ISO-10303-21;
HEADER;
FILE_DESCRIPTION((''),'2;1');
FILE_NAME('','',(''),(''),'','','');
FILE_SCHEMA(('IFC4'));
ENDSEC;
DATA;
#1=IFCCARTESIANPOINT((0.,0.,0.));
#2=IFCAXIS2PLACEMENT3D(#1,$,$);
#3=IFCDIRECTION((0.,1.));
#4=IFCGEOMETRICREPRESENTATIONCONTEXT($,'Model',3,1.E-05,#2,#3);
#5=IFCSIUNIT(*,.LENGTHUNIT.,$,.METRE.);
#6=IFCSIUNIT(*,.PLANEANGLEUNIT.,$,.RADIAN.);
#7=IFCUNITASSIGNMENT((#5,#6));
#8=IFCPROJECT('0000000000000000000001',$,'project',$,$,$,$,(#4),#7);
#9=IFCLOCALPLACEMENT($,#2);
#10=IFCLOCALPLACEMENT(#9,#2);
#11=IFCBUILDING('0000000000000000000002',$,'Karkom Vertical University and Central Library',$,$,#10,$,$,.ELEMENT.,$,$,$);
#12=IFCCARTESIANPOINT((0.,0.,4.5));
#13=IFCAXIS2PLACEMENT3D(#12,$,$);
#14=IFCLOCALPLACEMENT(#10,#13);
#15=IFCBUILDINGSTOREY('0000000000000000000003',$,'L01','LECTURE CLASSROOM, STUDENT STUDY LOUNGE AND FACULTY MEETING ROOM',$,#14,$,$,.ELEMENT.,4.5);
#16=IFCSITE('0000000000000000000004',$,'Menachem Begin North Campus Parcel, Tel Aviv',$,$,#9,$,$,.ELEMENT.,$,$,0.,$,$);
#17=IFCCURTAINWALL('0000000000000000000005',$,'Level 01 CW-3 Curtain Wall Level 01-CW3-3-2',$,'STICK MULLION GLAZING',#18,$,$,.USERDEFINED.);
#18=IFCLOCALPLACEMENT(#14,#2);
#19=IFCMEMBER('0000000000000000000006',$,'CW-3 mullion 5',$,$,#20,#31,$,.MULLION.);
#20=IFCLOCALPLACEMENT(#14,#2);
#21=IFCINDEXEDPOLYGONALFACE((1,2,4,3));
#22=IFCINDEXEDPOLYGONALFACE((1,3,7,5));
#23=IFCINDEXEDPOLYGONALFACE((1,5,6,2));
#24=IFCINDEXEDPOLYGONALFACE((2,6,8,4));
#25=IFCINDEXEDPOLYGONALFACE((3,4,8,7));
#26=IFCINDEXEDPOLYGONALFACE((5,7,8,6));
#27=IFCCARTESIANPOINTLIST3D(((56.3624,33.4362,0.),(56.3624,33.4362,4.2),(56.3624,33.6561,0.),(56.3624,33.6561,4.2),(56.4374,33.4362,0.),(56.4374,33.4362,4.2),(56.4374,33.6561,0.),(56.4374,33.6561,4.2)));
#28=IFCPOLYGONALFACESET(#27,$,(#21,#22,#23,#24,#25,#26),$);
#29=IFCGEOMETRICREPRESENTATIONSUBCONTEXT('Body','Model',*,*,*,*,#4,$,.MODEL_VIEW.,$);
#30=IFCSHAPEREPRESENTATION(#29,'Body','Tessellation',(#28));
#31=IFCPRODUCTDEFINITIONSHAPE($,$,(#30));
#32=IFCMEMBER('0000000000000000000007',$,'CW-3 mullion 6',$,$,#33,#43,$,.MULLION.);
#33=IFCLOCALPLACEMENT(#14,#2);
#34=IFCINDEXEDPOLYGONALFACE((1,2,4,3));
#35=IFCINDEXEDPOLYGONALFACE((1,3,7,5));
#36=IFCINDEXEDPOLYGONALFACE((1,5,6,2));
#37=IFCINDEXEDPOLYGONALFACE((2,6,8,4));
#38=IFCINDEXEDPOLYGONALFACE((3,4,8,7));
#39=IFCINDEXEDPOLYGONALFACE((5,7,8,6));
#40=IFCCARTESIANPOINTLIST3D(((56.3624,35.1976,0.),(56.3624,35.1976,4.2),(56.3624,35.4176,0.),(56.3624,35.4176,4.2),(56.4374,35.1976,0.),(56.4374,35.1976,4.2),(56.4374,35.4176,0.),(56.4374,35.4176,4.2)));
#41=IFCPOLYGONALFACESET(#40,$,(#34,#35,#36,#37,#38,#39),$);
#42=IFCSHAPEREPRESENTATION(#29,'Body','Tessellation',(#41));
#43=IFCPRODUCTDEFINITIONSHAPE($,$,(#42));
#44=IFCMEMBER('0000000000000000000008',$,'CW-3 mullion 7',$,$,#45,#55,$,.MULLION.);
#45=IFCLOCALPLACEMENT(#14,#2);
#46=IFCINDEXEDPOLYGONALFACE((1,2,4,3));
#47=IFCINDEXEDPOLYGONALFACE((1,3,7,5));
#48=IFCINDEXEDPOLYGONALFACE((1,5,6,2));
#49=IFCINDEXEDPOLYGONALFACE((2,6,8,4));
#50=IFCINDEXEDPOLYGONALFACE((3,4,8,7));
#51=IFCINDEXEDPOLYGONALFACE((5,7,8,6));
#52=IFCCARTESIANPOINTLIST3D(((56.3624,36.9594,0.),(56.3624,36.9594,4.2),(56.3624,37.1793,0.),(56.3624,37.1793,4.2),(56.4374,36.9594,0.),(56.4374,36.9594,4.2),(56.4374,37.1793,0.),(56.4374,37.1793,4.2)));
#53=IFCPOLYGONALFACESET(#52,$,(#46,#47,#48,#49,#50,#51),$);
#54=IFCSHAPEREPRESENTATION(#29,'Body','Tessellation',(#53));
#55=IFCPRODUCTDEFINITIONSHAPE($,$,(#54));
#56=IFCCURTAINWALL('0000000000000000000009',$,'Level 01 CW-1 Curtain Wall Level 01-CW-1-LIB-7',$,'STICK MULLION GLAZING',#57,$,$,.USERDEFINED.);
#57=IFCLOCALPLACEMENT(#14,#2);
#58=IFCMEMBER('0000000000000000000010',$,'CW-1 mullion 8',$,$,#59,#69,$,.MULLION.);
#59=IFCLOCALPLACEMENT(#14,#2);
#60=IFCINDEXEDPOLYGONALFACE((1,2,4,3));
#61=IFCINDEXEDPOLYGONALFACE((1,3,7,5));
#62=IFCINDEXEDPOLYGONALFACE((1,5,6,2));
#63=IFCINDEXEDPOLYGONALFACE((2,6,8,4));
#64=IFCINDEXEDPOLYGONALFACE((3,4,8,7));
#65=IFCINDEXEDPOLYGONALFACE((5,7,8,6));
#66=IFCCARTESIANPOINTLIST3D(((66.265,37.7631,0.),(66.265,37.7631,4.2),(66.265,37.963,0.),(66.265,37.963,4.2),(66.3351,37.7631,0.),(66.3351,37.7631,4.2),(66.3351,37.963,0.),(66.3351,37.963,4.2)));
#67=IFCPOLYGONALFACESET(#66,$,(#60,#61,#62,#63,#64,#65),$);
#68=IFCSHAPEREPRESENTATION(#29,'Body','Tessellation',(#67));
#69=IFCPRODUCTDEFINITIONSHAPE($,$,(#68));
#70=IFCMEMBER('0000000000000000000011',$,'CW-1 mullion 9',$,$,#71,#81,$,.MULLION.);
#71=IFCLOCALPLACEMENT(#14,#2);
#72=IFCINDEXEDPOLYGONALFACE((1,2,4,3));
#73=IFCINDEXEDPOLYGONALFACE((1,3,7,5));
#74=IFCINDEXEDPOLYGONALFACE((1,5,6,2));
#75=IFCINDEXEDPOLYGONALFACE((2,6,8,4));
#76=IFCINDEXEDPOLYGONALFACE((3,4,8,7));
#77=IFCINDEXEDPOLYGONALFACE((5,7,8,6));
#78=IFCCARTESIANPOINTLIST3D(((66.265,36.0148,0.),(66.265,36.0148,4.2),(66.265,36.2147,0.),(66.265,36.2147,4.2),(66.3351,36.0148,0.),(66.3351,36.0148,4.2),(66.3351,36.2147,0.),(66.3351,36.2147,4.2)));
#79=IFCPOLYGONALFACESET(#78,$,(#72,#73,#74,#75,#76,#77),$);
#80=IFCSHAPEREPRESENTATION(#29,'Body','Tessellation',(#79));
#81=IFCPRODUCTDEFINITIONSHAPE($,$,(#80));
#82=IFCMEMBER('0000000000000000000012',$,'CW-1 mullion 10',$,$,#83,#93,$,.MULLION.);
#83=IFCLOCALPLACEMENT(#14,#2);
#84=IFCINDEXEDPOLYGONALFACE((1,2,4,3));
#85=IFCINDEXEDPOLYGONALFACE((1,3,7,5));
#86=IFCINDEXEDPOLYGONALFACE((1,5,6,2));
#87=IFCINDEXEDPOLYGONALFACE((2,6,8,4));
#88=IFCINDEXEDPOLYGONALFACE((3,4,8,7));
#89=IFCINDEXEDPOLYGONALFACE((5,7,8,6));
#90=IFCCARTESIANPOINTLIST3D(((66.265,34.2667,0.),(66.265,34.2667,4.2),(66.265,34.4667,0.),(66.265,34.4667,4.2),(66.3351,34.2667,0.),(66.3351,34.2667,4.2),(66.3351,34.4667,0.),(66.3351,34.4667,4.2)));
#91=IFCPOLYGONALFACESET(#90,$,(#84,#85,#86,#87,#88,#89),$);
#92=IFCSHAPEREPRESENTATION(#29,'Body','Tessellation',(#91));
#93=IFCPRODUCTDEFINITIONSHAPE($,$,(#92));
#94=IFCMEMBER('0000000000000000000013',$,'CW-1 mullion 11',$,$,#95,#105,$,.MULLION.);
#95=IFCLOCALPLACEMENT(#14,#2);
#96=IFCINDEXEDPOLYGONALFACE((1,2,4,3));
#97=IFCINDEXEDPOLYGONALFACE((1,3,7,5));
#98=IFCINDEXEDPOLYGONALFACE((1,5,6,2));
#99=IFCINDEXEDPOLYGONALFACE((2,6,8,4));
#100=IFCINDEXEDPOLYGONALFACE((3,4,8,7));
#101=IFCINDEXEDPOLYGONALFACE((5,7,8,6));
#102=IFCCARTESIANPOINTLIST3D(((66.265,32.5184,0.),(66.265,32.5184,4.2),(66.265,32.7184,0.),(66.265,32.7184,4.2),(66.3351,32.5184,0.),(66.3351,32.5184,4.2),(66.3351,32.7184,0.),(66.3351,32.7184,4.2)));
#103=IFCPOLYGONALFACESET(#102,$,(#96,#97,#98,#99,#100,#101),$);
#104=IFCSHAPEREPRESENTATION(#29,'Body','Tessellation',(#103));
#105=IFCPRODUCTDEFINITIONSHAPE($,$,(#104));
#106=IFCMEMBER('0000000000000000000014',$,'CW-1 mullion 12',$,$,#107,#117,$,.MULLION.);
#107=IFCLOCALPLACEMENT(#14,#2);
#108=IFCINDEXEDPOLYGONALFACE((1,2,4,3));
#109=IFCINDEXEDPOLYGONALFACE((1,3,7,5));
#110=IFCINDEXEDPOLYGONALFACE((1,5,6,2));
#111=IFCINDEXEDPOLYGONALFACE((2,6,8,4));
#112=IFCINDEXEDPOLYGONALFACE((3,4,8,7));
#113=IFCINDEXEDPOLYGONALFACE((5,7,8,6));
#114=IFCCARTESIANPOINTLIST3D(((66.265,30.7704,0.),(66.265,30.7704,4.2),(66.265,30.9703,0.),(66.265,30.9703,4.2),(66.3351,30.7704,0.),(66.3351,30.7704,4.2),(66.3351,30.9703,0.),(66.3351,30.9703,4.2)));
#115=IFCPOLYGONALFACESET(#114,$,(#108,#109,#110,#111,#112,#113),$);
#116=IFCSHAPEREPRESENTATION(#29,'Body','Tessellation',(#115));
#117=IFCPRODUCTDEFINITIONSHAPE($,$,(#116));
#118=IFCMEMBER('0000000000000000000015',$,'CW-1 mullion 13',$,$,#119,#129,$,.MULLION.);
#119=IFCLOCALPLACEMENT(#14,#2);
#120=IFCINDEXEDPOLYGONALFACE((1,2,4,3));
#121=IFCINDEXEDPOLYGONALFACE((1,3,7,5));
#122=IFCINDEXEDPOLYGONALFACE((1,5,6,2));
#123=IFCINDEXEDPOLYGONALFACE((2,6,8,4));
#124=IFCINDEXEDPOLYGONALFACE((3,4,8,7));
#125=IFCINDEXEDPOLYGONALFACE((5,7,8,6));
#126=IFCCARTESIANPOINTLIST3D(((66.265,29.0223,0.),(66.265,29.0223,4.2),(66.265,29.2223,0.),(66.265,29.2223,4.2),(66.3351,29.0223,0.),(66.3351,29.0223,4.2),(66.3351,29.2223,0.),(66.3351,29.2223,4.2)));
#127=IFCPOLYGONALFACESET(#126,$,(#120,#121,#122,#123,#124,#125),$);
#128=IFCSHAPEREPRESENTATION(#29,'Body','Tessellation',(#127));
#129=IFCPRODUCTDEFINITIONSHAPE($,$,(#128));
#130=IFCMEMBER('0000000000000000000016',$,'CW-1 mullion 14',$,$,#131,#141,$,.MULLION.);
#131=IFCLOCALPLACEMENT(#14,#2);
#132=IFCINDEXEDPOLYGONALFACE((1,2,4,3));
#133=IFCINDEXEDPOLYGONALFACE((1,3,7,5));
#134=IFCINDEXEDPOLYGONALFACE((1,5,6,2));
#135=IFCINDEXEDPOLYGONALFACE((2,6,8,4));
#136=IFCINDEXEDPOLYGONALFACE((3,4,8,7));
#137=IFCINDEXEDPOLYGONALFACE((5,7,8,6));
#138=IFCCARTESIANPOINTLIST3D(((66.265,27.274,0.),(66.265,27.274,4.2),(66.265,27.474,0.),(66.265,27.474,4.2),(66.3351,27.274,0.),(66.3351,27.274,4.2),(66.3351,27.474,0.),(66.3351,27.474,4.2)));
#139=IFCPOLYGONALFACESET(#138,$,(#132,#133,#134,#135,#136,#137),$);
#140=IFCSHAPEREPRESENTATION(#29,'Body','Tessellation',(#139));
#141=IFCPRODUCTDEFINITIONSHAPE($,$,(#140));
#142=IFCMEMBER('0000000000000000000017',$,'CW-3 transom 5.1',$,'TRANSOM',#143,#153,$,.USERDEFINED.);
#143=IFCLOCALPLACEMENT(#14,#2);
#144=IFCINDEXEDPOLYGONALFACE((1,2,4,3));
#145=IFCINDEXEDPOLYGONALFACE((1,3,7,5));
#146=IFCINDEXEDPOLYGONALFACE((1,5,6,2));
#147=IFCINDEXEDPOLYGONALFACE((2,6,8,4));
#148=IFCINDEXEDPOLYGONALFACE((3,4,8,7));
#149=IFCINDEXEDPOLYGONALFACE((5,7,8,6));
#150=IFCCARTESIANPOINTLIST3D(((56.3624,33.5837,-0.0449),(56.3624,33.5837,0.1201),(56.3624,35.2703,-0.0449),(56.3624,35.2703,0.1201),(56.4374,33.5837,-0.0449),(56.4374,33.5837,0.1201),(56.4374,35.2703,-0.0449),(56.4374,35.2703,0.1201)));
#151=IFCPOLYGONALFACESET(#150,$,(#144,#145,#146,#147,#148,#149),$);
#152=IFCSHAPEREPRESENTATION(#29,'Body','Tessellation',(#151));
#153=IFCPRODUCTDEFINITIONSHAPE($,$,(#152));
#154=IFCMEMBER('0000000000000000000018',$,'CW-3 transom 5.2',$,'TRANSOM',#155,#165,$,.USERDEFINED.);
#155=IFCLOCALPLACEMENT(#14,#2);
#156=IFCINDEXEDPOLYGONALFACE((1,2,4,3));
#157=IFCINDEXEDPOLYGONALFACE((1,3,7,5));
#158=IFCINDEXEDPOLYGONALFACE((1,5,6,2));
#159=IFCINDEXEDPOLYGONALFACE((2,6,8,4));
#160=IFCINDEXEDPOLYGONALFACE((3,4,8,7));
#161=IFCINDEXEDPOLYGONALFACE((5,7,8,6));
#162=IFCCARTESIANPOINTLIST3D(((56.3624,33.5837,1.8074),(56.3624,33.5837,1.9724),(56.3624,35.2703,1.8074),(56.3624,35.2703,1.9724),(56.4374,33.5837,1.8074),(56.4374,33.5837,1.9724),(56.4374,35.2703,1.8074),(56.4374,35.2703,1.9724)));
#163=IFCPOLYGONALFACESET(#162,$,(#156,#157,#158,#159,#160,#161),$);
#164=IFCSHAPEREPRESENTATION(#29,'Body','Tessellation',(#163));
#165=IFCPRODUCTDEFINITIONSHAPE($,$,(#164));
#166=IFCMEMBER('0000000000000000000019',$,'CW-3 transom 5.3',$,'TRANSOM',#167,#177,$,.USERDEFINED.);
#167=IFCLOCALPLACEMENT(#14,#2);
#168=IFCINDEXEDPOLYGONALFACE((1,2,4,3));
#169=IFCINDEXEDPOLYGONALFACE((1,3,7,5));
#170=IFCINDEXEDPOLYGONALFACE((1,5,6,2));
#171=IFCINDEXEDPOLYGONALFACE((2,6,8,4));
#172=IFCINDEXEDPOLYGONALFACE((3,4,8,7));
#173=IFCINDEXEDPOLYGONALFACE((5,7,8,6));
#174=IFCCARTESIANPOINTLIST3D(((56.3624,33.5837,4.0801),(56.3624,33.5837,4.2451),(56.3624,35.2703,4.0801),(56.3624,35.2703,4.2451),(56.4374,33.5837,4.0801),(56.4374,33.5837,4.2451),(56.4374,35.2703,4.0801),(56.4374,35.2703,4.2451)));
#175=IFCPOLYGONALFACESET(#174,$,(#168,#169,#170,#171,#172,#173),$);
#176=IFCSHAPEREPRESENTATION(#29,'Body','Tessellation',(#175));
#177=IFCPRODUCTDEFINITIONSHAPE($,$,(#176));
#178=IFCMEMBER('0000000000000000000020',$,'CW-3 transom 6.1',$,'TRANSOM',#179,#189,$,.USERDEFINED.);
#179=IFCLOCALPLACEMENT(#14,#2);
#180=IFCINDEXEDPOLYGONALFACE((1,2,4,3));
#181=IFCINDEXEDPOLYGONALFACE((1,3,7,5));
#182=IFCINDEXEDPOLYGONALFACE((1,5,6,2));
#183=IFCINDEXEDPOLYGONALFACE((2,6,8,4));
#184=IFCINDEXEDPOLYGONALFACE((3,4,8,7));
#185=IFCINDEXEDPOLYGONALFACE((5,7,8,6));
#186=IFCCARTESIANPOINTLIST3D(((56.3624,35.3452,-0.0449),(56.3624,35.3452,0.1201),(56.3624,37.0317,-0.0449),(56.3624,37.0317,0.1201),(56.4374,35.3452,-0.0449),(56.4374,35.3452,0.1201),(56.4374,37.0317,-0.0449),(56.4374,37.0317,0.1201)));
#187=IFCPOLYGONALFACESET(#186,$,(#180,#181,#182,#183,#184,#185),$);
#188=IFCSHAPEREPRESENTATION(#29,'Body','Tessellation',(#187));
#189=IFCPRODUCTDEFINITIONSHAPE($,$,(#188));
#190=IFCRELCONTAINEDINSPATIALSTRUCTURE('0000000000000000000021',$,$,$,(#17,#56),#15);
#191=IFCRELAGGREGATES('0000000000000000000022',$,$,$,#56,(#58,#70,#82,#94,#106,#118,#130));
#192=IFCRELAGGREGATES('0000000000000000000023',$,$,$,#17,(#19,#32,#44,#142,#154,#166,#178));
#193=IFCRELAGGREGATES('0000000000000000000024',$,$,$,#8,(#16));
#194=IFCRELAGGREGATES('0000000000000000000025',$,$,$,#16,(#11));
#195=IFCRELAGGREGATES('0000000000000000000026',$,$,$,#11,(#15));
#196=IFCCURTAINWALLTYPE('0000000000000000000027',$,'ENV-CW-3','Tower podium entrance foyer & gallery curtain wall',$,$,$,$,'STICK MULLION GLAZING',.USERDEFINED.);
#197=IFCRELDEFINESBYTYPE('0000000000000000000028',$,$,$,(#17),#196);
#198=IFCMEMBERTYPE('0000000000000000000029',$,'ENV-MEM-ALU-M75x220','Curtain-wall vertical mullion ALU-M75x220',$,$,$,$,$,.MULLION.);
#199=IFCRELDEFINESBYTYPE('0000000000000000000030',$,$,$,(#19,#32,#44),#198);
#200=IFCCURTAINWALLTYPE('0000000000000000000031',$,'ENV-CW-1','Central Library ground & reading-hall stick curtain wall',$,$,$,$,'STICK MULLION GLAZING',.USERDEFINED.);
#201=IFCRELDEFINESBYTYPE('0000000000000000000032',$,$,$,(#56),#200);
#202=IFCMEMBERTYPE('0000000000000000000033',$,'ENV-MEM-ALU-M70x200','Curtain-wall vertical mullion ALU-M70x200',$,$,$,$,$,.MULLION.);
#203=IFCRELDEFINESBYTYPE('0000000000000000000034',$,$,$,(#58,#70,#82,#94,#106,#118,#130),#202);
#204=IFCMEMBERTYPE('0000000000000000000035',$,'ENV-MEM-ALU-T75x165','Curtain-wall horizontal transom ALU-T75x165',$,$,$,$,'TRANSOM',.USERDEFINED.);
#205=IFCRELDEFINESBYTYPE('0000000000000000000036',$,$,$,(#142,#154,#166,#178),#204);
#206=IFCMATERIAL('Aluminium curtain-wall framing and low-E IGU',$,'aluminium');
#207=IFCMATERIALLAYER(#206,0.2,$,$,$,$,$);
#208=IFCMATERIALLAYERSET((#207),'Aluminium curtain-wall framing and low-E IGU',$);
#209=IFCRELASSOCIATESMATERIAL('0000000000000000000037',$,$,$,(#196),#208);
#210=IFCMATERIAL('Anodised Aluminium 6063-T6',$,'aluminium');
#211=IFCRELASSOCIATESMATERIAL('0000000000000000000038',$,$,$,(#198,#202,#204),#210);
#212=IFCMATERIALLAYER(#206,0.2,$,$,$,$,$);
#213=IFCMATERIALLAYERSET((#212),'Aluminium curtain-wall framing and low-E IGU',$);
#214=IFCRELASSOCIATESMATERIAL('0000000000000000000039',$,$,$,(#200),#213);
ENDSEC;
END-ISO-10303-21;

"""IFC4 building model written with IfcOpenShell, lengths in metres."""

from ifc_helpers import new_model, si_unit, direction, frame, origin, origin_with_axes, origin_2d, place, context, subcontext, project, spatial, rectangle, extrude, source, transform, mapped, material, layer, layer_set, material_profile, profile_set, type_object, element, aggregate, save


model = new_model("IFC4")

# Units and contexts
model_context = context("Model", 3, precision=1e-05, world=origin(), true_north=direction((0.0, 1.0)))
body_context = subcontext(model_context, "Body", "Model", "MODEL_VIEW")
ifc_project = project(units=[si_unit("LENGTHUNIT", "METRE"), si_unit("PLANEANGLEUNIT", "RADIAN")], contexts=[model_context])

# Site, building, storey
site_placement = place(None, origin())
site = spatial("IfcSite", under=ifc_project, at=site_placement, Name="Menachem Begin North Campus Parcel, Tel Aviv", CompositionType="ELEMENT", RefElevation=0.0)
building_placement = place(site_placement, origin())
building = spatial("IfcBuilding", under=site, at=building_placement, Name="Karkom Vertical University and Central Library", CompositionType="ELEMENT")
storey_placement = place(building_placement, frame((0.0, 0.0, 4.5)))
storey = spatial("IfcBuildingStorey", under=building, at=storey_placement, Name="L01", Description="LECTURE CLASSROOM, STUDENT STUDY LOUNGE AND FACULTY MEETING ROOM", CompositionType="ELEMENT", Elevation=4.5)

# Curtain walls, members
ifc_material_1 = material(Name="Aluminium curtain-wall framing and low-E IGU", Category="aluminium")
ifc_layer_1 = layer(ifc_material_1, 0.2)
ifc_layer_set_1 = layer_set([ifc_layer_1], Name="Aluminium curtain-wall framing and low-E IGU")
curtain_wall_type_1 = type_object("IfcCurtainWallType", Name="ENV-CW-3", Description="Tower podium entrance foyer & gallery curtain wall", ElementType="STICK MULLION GLAZING", PredefinedType="USERDEFINED", material=ifc_layer_set_1)
curtain_wall_1_placement = place(storey_placement, origin())
curtain_wall_1 = element("IfcCurtainWall", 1, at=curtain_wall_1_placement, inside=storey, type_object=curtain_wall_type_1, Name="Level 01 CW-3 Curtain Wall Level 01-CW3-3-2", ObjectType="STICK MULLION GLAZING", PredefinedType="USERDEFINED")
ifc_material_2 = material(Name="Anodised Aluminium 6063-T6", Category="aluminium")
ifc_material_profile_1 = material_profile(ifc_material_2, rectangle(XDim=0.075, YDim=0.22, at=origin_2d()), Name="ALU-M75x220")
ifc_profile_set_1 = profile_set([ifc_material_profile_1], Name="Anodised Aluminium 6063-T6")
member_type_1 = type_object("IfcMemberType", Name="ENV-MEM-ALU-M75x220", Description="Curtain-wall vertical mullion ALU-M75x220", PredefinedType="MULLION", material=ifc_profile_set_1)
shared_shape_1 = source(origin_with_axes(), body_context, "Body", "SweptSolid", [
    extrude(rectangle(XDim=0.075, YDim=0.22, at=origin_2d()), origin(), (0.0, 0.0, 1.0), 4.2),
])
member_1_placement = place(storey_placement, frame((56.3999, 33.5461, 0.0), z_axis=(0.0, 0.0, 1.0), x_axis=(-1.0, 0.0, 0.0)))
member_1 = element("IfcMember", 2, at=member_1_placement, type_object=member_type_1, Name="CW-3 mullion 5", PredefinedType="MULLION", context=body_context, shape_type="MappedRepresentation", body=[
    mapped(shared_shape_1, transform((0.0, 0.0, 0.0), scale=1.0)),
])
member_2_placement = place(storey_placement, frame((56.3999, 35.3076, 0.0), z_axis=(0.0, 0.0, 1.0), x_axis=(-1.0, 0.0, 0.0)))
member_2 = element("IfcMember", 3, at=member_2_placement, type_object=member_type_1, Name="CW-3 mullion 6", PredefinedType="MULLION", context=body_context, shape_type="MappedRepresentation", body=[
    mapped(shared_shape_1, transform((0.0, 0.0, 0.0), scale=1.0)),
])
member_3_placement = place(storey_placement, frame((56.3999, 37.0693, 0.0), z_axis=(0.0, 0.0, 1.0), x_axis=(-1.0, 0.0, 0.0)))
member_3 = element("IfcMember", 4, at=member_3_placement, type_object=member_type_1, Name="CW-3 mullion 7", PredefinedType="MULLION", context=body_context, shape_type="MappedRepresentation", body=[
    mapped(shared_shape_1, transform((0.0, 0.0, 0.0), scale=1.0)),
])
ifc_layer_2 = layer(ifc_material_1, 0.2)
ifc_layer_set_2 = layer_set([ifc_layer_2], Name="Aluminium curtain-wall framing and low-E IGU")
curtain_wall_type_2 = type_object("IfcCurtainWallType", Name="ENV-CW-1", Description="Central Library ground & reading-hall stick curtain wall", ElementType="STICK MULLION GLAZING", PredefinedType="USERDEFINED", material=ifc_layer_set_2)
curtain_wall_2_placement = place(storey_placement, origin())
curtain_wall_2 = element("IfcCurtainWall", 5, at=curtain_wall_2_placement, inside=storey, type_object=curtain_wall_type_2, Name="Level 01 CW-1 Curtain Wall Level 01-CW-1-LIB-7", ObjectType="STICK MULLION GLAZING", PredefinedType="USERDEFINED")
ifc_material_profile_2 = material_profile(ifc_material_2, rectangle(XDim=0.0701, YDim=0.2, at=origin_2d()), Name="ALU-M70x200")
ifc_profile_set_2 = profile_set([ifc_material_profile_2], Name="Anodised Aluminium 6063-T6")
member_type_2 = type_object("IfcMemberType", Name="ENV-MEM-ALU-M70x200", Description="Curtain-wall vertical mullion ALU-M70x200", PredefinedType="MULLION", material=ifc_profile_set_2)
shared_shape_2 = source(origin_with_axes(), body_context, "Body", "SweptSolid", [
    extrude(rectangle(XDim=0.0701, YDim=0.2, at=origin_2d()), origin(), (0.0, 0.0, 1.0), 4.2),
])
member_4_placement = place(storey_placement, frame((66.3, 37.863, 0.0), z_axis=(0.0, 0.0, 1.0), x_axis=(1.0, 0.0, 0.0)))
member_4 = element("IfcMember", 6, at=member_4_placement, type_object=member_type_2, Name="CW-1 mullion 8", PredefinedType="MULLION", context=body_context, shape_type="MappedRepresentation", body=[
    mapped(shared_shape_2, transform((0.0, 0.0, 0.0), scale=1.0)),
])
member_5_placement = place(storey_placement, frame((66.3, 36.1147, 0.0), z_axis=(0.0, 0.0, 1.0), x_axis=(1.0, 0.0, 0.0)))
member_5 = element("IfcMember", 7, at=member_5_placement, type_object=member_type_2, Name="CW-1 mullion 9", PredefinedType="MULLION", context=body_context, shape_type="MappedRepresentation", body=[
    mapped(shared_shape_2, transform((0.0, 0.0, 0.0), scale=1.0)),
])
member_6_placement = place(storey_placement, frame((66.3, 34.3667, 0.0), z_axis=(0.0, 0.0, 1.0), x_axis=(1.0, 0.0, 0.0)))
member_6 = element("IfcMember", 8, at=member_6_placement, type_object=member_type_2, Name="CW-1 mullion 10", PredefinedType="MULLION", context=body_context, shape_type="MappedRepresentation", body=[
    mapped(shared_shape_2, transform((0.0, 0.0, 0.0), scale=1.0)),
])
member_7_placement = place(storey_placement, frame((66.3, 32.6184, 0.0), z_axis=(0.0, 0.0, 1.0), x_axis=(1.0, 0.0, 0.0)))
member_7 = element("IfcMember", 9, at=member_7_placement, type_object=member_type_2, Name="CW-1 mullion 11", PredefinedType="MULLION", context=body_context, shape_type="MappedRepresentation", body=[
    mapped(shared_shape_2, transform((0.0, 0.0, 0.0), scale=1.0)),
])
member_8_placement = place(storey_placement, frame((66.3, 30.8704, 0.0), z_axis=(0.0, 0.0, 1.0), x_axis=(1.0, 0.0, 0.0)))
member_8 = element("IfcMember", 10, at=member_8_placement, type_object=member_type_2, Name="CW-1 mullion 12", PredefinedType="MULLION", context=body_context, shape_type="MappedRepresentation", body=[
    mapped(shared_shape_2, transform((0.0, 0.0, 0.0), scale=1.0)),
])
member_9_placement = place(storey_placement, frame((66.3, 29.1223, 0.0), z_axis=(0.0, 0.0, 1.0), x_axis=(1.0, 0.0, 0.0)))
member_9 = element("IfcMember", 11, at=member_9_placement, type_object=member_type_2, Name="CW-1 mullion 13", PredefinedType="MULLION", context=body_context, shape_type="MappedRepresentation", body=[
    mapped(shared_shape_2, transform((0.0, 0.0, 0.0), scale=1.0)),
])
member_10_placement = place(storey_placement, frame((66.3, 27.374, 0.0), z_axis=(0.0, 0.0, 1.0), x_axis=(1.0, 0.0, 0.0)))
member_10 = element("IfcMember", 12, at=member_10_placement, type_object=member_type_2, Name="CW-1 mullion 14", PredefinedType="MULLION", context=body_context, shape_type="MappedRepresentation", body=[
    mapped(shared_shape_2, transform((0.0, 0.0, 0.0), scale=1.0)),
])
aggregate(curtain_wall_2, [member_4, member_5, member_6, member_7, member_8, member_9, member_10])

# Members
ifc_material_profile_3 = material_profile(ifc_material_2, rectangle(XDim=0.075, YDim=0.165, at=origin_2d()), Name="ALU-T75x165")
ifc_profile_set_3 = profile_set([ifc_material_profile_3], Name="Anodised Aluminium 6063-T6")
member_type_3 = type_object("IfcMemberType", Name="ENV-MEM-ALU-T75x165", Description="Curtain-wall horizontal transom ALU-T75x165", ElementType="TRANSOM", PredefinedType="USERDEFINED", material=ifc_profile_set_3)
shared_shape_3 = source(origin_with_axes(), body_context, "Body", "SweptSolid", [
    extrude(rectangle(XDim=0.075, YDim=0.165, at=origin_2d()), origin(), (0.0, 0.0, 1.0), 1.6865),
])
member_11_placement = place(storey_placement, frame((56.3999, 33.5837, 0.0376), z_axis=(0.0, 1.0, 0.0), x_axis=(-1.0, 0.0, 0.0)))
member_11 = element("IfcMember", 13, at=member_11_placement, type_object=member_type_3, Name="CW-3 transom 5.1", ObjectType="TRANSOM", PredefinedType="USERDEFINED", context=body_context, shape_type="MappedRepresentation", body=[
    mapped(shared_shape_3, transform((0.0, 0.0, 0.0), scale=1.0)),
])
member_12_placement = place(storey_placement, frame((56.3999, 33.5837, 1.8899), z_axis=(0.0, 1.0, 0.0), x_axis=(-1.0, 0.0, 0.0)))
member_12 = element("IfcMember", 14, at=member_12_placement, type_object=member_type_3, Name="CW-3 transom 5.2", ObjectType="TRANSOM", PredefinedType="USERDEFINED", context=body_context, shape_type="MappedRepresentation", body=[
    mapped(shared_shape_3, transform((0.0, 0.0, 0.0), scale=1.0)),
])
member_13_placement = place(storey_placement, frame((56.3999, 33.5837, 4.1626), z_axis=(0.0, 1.0, 0.0), x_axis=(-1.0, 0.0, 0.0)))
member_13 = element("IfcMember", 15, at=member_13_placement, type_object=member_type_3, Name="CW-3 transom 5.3", ObjectType="TRANSOM", PredefinedType="USERDEFINED", context=body_context, shape_type="MappedRepresentation", body=[
    mapped(shared_shape_3, transform((0.0, 0.0, 0.0), scale=1.0)),
])
member_14_placement = place(storey_placement, frame((56.3999, 35.3452, 0.0376), z_axis=(0.0, 1.0, 0.0), x_axis=(-1.0, 0.0, 0.0)))
member_14 = element("IfcMember", 16, at=member_14_placement, type_object=member_type_3, Name="CW-3 transom 6.1", ObjectType="TRANSOM", PredefinedType="USERDEFINED", context=body_context, shape_type="MappedRepresentation", body=[
    mapped(shared_shape_3, transform((0.0, 0.0, 0.0), scale=1.0)),
])

aggregate(curtain_wall_1, [member_1, member_2, member_3, member_11, member_12, member_13, member_14])

save(model, "model.ifc")
